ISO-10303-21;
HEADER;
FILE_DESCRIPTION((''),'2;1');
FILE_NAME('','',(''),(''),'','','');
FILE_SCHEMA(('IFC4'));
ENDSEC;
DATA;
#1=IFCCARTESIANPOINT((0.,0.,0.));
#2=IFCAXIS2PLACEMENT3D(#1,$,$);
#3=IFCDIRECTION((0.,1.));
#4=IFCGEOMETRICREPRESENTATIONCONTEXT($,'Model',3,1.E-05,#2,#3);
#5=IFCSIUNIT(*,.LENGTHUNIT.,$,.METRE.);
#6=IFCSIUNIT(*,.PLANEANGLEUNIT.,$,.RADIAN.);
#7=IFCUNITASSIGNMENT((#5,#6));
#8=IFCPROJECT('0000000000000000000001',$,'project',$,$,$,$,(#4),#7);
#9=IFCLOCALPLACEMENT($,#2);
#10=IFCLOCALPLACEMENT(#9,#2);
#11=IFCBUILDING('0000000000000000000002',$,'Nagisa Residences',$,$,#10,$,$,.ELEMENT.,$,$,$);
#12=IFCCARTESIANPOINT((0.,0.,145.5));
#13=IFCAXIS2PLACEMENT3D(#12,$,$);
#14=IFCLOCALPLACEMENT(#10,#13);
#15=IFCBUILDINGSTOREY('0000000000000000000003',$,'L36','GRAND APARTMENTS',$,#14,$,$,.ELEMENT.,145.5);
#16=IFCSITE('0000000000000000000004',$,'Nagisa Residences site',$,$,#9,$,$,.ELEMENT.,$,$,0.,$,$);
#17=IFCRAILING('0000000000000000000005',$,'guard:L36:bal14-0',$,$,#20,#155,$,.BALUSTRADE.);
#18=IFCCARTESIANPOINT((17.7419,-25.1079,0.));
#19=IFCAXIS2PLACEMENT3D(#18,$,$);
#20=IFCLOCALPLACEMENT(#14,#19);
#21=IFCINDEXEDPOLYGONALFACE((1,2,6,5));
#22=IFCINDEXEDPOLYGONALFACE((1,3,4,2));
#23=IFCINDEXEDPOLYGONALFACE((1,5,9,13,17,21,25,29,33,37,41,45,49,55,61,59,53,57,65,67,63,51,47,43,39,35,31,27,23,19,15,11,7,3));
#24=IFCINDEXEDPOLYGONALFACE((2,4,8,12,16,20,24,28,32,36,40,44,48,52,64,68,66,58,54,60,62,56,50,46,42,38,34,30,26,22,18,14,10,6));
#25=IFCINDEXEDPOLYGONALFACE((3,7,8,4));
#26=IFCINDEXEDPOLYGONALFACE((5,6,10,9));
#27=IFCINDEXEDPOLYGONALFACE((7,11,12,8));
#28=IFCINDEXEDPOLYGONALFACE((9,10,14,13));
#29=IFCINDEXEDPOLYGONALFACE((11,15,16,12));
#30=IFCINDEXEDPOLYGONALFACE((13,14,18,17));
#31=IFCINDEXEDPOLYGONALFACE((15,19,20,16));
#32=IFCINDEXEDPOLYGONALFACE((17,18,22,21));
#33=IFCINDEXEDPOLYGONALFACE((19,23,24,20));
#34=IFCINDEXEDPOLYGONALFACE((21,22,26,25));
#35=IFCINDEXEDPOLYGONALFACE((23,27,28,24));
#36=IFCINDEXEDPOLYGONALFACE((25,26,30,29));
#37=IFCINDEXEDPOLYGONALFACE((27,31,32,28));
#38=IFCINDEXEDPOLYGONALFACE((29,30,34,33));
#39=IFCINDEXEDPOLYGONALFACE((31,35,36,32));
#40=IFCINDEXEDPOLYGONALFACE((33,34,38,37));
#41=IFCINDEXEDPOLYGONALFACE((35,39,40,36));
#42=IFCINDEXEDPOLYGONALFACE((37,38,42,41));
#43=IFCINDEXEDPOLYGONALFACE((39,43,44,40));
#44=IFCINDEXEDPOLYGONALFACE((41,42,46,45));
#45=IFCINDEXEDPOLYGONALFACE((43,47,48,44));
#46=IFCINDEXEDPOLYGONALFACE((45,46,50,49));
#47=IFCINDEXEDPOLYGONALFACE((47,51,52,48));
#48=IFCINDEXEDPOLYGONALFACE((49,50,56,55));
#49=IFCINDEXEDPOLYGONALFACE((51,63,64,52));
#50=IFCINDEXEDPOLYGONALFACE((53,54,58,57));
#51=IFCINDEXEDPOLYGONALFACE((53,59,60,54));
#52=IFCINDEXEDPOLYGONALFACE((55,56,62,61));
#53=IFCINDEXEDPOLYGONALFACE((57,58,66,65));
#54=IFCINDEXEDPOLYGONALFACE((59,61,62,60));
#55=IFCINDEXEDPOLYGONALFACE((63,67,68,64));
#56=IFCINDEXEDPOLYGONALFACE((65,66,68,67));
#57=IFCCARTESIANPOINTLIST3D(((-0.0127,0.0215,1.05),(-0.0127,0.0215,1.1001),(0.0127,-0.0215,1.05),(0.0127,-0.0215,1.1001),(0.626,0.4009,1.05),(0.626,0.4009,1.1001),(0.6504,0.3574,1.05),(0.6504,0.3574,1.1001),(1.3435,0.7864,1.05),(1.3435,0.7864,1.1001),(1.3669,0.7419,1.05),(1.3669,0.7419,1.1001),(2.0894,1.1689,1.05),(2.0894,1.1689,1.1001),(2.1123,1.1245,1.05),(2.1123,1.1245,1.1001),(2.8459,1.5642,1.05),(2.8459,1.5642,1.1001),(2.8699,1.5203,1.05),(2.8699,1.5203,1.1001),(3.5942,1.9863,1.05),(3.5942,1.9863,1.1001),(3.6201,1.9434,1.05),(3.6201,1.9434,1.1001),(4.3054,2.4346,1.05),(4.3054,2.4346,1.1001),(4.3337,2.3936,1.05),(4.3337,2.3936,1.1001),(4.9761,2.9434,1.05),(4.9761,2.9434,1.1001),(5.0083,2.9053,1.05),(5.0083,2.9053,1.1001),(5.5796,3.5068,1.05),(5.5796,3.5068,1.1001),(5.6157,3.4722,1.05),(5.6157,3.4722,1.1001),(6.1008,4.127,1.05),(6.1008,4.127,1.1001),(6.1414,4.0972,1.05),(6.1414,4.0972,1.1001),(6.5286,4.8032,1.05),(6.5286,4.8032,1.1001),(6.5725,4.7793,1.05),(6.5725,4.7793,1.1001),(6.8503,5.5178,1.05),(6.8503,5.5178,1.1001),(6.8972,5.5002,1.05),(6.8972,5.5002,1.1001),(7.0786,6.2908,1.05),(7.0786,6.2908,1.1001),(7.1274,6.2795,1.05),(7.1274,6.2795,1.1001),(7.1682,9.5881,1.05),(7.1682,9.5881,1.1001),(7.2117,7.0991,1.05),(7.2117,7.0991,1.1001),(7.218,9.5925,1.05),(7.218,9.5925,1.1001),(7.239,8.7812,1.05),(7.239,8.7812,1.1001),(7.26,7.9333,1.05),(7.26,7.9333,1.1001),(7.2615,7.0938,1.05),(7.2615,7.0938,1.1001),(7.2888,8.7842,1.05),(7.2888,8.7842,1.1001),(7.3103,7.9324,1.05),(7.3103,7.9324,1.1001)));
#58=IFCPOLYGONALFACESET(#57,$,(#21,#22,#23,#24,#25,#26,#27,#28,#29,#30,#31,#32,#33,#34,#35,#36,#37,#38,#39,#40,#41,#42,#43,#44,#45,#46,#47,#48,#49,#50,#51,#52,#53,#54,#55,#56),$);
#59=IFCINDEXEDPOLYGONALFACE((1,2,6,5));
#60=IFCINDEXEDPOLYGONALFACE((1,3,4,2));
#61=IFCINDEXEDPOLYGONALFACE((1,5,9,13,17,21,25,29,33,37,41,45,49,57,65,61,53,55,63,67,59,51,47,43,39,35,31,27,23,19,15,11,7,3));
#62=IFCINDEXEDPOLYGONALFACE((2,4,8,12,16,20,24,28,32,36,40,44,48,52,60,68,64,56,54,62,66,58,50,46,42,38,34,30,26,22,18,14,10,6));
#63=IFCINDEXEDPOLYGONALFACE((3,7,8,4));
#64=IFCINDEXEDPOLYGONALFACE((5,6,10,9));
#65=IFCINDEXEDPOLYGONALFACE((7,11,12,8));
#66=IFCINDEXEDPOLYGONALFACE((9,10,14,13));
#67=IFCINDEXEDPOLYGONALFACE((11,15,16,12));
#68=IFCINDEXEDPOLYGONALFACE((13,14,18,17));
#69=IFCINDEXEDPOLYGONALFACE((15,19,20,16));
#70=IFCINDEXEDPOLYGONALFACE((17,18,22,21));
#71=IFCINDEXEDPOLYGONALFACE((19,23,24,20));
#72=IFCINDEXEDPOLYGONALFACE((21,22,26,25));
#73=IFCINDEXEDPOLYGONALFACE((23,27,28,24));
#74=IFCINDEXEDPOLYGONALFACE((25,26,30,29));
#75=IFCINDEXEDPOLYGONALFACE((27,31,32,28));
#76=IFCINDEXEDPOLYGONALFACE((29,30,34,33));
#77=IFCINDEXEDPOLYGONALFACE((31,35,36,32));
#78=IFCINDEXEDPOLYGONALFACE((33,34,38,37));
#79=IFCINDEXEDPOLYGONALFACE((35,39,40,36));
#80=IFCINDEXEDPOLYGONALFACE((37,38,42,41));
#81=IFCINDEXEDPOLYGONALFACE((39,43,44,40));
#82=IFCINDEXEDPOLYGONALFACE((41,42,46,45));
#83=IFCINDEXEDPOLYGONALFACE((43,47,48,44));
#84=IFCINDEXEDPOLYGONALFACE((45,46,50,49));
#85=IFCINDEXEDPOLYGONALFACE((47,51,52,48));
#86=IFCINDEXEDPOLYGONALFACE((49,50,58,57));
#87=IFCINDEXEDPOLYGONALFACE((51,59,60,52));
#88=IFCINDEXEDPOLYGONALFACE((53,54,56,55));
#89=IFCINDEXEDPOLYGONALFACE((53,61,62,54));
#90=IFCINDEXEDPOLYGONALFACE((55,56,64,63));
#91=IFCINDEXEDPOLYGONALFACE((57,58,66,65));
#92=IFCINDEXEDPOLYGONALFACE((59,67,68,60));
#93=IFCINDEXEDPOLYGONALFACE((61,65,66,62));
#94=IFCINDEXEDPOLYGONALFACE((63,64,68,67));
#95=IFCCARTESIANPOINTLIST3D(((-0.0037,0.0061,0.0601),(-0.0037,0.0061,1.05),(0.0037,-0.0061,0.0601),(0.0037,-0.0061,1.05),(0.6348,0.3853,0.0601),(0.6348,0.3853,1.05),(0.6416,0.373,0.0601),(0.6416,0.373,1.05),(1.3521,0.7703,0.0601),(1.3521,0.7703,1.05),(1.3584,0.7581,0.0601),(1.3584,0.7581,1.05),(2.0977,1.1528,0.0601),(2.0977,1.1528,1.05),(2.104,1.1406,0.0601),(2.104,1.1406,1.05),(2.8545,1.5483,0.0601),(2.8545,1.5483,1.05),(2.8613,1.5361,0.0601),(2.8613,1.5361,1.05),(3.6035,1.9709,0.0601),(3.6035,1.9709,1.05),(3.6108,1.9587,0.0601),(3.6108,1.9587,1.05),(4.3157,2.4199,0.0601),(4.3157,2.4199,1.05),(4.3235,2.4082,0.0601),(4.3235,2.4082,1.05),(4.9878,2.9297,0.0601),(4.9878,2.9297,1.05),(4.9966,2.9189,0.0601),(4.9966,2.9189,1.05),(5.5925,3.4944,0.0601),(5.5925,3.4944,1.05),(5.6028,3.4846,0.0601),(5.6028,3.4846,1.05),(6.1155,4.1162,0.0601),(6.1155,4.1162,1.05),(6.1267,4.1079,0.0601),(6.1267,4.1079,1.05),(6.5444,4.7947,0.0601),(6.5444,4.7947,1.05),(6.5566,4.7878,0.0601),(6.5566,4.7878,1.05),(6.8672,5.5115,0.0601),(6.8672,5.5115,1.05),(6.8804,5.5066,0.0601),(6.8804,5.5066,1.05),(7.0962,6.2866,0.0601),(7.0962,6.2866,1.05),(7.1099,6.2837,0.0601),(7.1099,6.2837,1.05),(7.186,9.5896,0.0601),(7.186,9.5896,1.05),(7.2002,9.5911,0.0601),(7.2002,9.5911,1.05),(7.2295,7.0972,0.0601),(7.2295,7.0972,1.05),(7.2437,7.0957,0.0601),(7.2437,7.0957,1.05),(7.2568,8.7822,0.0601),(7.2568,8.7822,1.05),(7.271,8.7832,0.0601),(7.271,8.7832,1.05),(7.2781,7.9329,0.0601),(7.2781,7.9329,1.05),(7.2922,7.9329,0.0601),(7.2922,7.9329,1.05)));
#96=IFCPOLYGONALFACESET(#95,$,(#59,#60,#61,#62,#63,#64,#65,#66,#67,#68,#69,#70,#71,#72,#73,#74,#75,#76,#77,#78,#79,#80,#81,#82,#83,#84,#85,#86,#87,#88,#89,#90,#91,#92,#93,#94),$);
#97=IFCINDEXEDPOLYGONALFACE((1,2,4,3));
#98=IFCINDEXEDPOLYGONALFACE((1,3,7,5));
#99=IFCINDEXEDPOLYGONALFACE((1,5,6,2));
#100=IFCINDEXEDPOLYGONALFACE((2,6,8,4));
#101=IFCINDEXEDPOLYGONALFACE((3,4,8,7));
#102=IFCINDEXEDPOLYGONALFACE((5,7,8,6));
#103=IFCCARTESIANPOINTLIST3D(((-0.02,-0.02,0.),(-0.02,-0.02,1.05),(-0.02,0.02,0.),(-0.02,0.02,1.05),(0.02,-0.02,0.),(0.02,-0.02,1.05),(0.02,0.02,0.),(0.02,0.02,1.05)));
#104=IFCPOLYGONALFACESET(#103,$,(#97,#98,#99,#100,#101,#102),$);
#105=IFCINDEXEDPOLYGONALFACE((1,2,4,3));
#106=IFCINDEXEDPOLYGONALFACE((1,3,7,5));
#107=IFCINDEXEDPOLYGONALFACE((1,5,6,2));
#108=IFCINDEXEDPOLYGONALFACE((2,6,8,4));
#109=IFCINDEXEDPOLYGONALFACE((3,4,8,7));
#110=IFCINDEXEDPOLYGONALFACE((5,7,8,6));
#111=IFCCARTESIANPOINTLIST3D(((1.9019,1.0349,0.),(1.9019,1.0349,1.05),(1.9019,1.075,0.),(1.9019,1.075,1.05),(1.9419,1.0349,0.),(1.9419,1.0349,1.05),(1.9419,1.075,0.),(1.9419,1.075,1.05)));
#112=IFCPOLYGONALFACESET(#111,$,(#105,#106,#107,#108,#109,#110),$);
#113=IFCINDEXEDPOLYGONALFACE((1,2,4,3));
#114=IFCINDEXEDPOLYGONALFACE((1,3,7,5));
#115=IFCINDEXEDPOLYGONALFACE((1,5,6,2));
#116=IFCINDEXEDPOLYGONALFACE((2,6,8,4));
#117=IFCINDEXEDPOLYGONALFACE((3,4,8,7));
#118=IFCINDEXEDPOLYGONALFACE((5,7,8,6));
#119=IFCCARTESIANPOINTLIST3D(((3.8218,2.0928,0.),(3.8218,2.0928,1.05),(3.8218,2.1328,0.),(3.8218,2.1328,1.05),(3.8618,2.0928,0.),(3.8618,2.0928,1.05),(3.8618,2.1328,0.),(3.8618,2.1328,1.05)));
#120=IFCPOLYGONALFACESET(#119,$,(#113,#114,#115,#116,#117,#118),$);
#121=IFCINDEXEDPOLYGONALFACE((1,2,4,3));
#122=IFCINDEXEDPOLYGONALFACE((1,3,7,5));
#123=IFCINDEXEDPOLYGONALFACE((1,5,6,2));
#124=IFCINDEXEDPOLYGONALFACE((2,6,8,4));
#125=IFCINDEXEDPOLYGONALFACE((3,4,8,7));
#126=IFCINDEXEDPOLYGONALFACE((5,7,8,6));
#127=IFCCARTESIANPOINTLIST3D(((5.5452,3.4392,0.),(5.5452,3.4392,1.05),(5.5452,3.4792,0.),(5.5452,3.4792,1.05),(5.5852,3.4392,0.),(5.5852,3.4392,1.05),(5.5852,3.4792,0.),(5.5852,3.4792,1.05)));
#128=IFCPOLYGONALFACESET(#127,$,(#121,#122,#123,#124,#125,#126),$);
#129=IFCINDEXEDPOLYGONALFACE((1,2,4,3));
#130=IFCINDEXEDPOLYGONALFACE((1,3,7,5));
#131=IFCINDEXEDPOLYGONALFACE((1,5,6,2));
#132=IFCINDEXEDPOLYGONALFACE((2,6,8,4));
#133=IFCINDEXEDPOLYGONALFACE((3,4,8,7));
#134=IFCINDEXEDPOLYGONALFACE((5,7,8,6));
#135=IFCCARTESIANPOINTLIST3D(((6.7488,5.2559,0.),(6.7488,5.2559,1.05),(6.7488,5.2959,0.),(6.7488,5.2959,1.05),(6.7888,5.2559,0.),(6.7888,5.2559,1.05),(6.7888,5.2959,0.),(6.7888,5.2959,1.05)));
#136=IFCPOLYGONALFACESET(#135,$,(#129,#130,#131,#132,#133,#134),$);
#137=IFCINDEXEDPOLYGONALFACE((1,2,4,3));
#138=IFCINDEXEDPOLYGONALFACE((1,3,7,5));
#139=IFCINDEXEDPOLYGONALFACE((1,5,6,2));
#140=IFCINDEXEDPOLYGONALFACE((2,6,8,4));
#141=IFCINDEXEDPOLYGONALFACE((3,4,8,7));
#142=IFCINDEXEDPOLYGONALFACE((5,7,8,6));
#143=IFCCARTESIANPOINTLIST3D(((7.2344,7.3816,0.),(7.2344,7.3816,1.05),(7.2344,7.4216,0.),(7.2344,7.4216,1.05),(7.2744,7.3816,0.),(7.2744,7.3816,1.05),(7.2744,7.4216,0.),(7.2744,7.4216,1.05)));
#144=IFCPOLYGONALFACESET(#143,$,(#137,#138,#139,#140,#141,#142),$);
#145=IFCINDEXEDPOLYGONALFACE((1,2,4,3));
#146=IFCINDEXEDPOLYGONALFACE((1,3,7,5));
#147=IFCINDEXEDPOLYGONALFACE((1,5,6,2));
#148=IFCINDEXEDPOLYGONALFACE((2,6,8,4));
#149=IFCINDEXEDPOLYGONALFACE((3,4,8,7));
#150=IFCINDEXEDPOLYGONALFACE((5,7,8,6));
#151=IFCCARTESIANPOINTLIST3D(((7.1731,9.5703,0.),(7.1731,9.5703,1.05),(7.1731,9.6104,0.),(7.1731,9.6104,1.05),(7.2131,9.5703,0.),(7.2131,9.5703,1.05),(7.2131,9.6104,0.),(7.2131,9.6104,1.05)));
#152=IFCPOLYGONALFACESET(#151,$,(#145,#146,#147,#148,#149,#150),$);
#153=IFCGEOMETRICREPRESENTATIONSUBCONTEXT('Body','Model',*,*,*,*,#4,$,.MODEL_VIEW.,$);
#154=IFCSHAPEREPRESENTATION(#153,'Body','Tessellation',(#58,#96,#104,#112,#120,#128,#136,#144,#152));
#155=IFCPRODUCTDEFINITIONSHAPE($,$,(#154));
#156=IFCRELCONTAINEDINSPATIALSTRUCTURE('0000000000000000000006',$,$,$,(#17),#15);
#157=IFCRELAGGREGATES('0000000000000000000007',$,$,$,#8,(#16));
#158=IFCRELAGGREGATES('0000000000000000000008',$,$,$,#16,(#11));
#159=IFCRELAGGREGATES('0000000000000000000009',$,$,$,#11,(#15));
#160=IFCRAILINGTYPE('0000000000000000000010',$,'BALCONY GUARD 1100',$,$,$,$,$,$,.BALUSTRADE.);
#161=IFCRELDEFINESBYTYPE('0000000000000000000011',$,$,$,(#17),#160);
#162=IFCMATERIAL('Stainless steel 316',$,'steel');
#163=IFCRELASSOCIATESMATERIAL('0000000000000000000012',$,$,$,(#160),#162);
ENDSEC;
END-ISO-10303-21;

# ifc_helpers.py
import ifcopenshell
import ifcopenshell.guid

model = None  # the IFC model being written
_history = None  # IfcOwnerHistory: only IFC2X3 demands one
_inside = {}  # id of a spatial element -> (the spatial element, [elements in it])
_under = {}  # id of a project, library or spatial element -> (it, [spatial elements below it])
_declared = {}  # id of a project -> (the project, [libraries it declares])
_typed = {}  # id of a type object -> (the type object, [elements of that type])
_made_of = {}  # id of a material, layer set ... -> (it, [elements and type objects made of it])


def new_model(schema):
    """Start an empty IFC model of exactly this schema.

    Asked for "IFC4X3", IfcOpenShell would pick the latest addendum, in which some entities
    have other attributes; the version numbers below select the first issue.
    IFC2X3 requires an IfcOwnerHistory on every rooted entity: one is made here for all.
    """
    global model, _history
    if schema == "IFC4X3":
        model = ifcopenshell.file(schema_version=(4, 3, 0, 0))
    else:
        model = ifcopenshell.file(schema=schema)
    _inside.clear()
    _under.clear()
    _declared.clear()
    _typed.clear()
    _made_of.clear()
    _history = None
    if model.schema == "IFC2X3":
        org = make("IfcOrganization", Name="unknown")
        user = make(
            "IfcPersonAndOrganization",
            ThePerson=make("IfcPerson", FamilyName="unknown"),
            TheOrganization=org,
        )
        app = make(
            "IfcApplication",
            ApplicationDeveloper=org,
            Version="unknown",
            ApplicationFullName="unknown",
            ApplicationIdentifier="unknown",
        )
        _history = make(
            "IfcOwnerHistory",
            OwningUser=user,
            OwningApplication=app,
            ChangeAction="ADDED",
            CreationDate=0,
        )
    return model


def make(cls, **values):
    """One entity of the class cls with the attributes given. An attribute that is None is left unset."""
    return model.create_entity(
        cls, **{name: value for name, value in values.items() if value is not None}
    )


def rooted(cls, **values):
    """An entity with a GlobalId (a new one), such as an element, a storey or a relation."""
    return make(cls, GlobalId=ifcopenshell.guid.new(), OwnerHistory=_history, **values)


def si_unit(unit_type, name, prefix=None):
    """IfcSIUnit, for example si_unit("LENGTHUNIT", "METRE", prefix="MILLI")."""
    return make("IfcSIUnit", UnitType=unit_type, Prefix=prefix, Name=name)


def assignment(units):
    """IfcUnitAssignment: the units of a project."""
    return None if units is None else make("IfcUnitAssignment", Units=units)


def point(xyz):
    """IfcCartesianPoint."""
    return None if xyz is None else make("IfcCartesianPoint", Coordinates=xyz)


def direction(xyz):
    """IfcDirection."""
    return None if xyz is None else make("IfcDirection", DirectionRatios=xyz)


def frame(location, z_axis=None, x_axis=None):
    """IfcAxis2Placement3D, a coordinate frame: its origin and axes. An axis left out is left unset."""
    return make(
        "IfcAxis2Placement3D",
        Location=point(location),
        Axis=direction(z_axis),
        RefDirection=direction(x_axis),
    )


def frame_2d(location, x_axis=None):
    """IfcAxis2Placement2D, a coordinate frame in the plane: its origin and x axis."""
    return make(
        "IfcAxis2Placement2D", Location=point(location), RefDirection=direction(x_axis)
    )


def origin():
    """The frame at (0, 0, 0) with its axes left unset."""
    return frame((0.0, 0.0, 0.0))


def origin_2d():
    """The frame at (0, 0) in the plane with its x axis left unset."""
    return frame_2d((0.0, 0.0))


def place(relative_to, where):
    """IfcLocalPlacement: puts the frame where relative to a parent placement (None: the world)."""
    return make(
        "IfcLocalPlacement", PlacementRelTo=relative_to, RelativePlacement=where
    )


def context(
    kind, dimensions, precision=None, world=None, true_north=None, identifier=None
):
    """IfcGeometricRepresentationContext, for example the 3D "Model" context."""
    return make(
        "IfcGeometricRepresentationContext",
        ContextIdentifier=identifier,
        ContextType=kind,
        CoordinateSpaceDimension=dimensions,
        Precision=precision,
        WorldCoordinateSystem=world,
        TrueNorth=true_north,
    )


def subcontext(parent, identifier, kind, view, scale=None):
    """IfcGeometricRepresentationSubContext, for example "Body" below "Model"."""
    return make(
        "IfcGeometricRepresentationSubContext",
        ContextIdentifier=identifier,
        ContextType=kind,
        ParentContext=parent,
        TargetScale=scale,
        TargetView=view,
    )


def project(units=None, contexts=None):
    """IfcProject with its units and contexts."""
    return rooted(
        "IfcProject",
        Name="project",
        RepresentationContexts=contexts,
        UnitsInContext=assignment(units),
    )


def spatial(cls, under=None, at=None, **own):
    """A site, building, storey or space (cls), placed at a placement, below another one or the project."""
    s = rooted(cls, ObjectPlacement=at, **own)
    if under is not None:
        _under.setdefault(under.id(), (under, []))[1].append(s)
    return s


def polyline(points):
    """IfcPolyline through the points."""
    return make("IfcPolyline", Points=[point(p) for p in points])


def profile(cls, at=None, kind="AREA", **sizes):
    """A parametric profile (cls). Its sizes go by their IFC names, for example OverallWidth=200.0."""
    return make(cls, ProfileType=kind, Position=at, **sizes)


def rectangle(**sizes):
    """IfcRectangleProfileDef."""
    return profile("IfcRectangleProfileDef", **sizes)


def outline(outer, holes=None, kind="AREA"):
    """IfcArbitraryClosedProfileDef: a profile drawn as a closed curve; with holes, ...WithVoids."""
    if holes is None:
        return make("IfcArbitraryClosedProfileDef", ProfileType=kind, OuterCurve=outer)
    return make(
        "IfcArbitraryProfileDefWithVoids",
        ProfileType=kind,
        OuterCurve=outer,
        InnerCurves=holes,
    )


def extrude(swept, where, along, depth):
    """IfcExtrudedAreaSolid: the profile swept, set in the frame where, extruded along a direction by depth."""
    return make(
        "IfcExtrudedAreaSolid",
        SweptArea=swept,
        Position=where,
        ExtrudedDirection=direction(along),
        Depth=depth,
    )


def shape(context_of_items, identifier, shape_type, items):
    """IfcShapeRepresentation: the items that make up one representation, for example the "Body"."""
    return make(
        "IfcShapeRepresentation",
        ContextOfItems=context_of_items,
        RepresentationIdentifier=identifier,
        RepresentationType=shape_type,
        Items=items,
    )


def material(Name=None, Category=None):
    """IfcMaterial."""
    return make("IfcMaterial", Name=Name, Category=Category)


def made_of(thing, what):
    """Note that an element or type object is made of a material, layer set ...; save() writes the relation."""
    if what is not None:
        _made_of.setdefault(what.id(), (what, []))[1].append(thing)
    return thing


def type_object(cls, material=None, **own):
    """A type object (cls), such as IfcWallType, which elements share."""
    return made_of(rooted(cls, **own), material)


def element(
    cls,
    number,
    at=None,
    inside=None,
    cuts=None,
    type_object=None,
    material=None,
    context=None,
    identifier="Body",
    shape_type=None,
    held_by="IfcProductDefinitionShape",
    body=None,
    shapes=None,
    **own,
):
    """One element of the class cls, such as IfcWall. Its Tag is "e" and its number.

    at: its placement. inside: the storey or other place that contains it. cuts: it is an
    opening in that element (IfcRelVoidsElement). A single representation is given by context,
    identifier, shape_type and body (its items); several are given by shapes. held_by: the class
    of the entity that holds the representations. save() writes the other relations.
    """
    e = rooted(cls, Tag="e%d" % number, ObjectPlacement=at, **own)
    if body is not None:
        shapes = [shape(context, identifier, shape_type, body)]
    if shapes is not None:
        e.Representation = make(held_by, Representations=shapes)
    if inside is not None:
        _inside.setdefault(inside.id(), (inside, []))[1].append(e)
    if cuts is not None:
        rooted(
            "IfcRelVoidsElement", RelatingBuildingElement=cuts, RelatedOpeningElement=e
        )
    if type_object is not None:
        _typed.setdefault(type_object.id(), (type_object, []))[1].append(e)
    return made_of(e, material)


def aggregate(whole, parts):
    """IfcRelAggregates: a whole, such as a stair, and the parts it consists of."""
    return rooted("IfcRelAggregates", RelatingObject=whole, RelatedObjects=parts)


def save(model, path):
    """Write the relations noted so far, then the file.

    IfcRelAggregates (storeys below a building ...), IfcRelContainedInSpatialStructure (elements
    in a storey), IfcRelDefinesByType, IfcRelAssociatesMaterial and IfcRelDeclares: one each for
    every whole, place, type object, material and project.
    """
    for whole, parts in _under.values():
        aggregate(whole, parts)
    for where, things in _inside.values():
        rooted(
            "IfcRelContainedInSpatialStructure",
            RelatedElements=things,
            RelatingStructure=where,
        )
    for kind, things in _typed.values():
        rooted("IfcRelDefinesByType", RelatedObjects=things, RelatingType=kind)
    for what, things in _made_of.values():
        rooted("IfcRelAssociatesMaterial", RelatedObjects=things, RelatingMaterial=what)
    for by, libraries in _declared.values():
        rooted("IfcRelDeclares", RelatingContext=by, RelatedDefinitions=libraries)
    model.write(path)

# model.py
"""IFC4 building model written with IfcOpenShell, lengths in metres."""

from ifc_helpers import new_model, si_unit, direction, frame, origin, origin_2d, place, context, subcontext, project, spatial, polyline, rectangle, outline, extrude, material, type_object, element, save


model = new_model("IFC4")

# Units and contexts
model_context = context("Model", 3, precision=1e-05, world=origin(), true_north=direction((0.0, 1.0)))
body_context = subcontext(model_context, "Body", "Model", "MODEL_VIEW")
ifc_project = project(units=[si_unit("LENGTHUNIT", "METRE"), si_unit("PLANEANGLEUNIT", "RADIAN")], contexts=[model_context])

# Site, building, storey
site_placement = place(None, origin())
site = spatial("IfcSite", under=ifc_project, at=site_placement, Name="Nagisa Residences site", CompositionType="ELEMENT", RefElevation=0.0)
building_placement = place(site_placement, origin())
building = spatial("IfcBuilding", under=site, at=building_placement, Name="Nagisa Residences", CompositionType="ELEMENT")
storey_placement = place(building_placement, frame((0.0, 0.0, 145.5)))
storey = spatial("IfcBuildingStorey", under=building, at=storey_placement, Name="L36", Description="GRAND APARTMENTS", CompositionType="ELEMENT", Elevation=145.5)

# Railing
ifc_material_1 = material(Name="Stainless steel 316", Category="steel")
railing_type = type_object("IfcRailingType", Name="BALCONY GUARD 1100", PredefinedType="BALUSTRADE", material=ifc_material_1)
railing_1_placement = place(storey_placement, frame((17.7419, -25.1079, 0.0)))
element("IfcRailing", 1, at=railing_1_placement, inside=storey, type_object=railing_type, Name="guard:L36:bal14-0", PredefinedType="BALUSTRADE", context=body_context, shape_type="SweptSolid", body=[
    extrude(outline(polyline([(0.626, 0.4009), (-0.0127, 0.0215), (0.0127, -0.0215), (0.6504, 0.3574), (1.3669, 0.7419), (2.1123, 1.1245), (2.8699, 1.5203), (3.6201, 1.9434), (4.3337, 2.3936), (5.0083, 2.9053), (5.6157, 3.4722), (6.1414, 4.0972), (6.5725, 4.7793), (6.8972, 5.5002), (7.1274, 6.2795), (7.2615, 7.0938), (7.3103, 7.9324), (7.2888, 8.7842), (7.218, 9.5925), (7.1682, 9.5881), (7.239, 8.7812), (7.26, 7.9333), (7.2117, 7.0991), (7.0786, 6.2908), (6.8503, 5.5178), (6.5286, 4.8032), (6.1008, 4.127), (5.5796, 3.5068), (4.9761, 2.9434), (4.3054, 2.4346), (3.5942, 1.9863), (2.8459, 1.5642), (2.0894, 1.1689), (1.3435, 0.7864), (0.626, 0.4009)])), frame((0.0, 0.0, 1.05)), (0.0, 0.0, 1.0), 0.05),
    extrude(outline(polyline([(0.6348, 0.3853), (-0.0037, 0.0061), (0.0037, -0.0061), (0.6416, 0.373), (1.3584, 0.7581), (2.104, 1.1406), (2.8613, 1.5361), (3.6108, 1.9587), (4.3235, 2.4082), (4.9966, 2.9189), (5.6028, 3.4846), (6.1267, 4.1079), (6.5566, 4.7878), (6.8804, 5.5066), (7.1099, 6.2837), (7.2437, 7.0957), (7.2922, 7.9329), (7.271, 8.7832), (7.2002, 9.5911), (7.186, 9.5896), (7.2568, 8.7822), (7.2781, 7.9329), (7.2295, 7.0972), (7.0962, 6.2866), (6.8672, 5.5115), (6.5444, 4.7947), (6.1155, 4.1162), (5.5925, 3.4944), (4.9878, 2.9297), (4.3157, 2.4199), (3.6035, 1.9709), (2.8545, 1.5483), (2.0977, 1.1528), (1.3521, 0.7703), (0.6348, 0.3853)])), frame((0.0, 0.0, 0.0601)), (0.0, 0.0, 1.0), 0.99),
    extrude(rectangle(XDim=0.04, YDim=0.04, at=origin_2d()), origin(), (0.0, 0.0, 1.0), 1.05),
    extrude(rectangle(XDim=0.04, YDim=0.04, at=origin_2d()), frame((1.9219, 1.0549, 0.0)), (0.0, 0.0, 1.0), 1.05),
    extrude(rectangle(XDim=0.04, YDim=0.04, at=origin_2d()), frame((3.8418, 2.1128, 0.0)), (0.0, 0.0, 1.0), 1.05),
    extrude(rectangle(XDim=0.04, YDim=0.04, at=origin_2d()), frame((5.5652, 3.4592, 0.0)), (0.0, 0.0, 1.0), 1.05),
    extrude(rectangle(XDim=0.04, YDim=0.04, at=origin_2d()), frame((6.7688, 5.2759, 0.0)), (0.0, 0.0, 1.0), 1.05),
    extrude(rectangle(XDim=0.04, YDim=0.04, at=origin_2d()), frame((7.2544, 7.4016, 0.0)), (0.0, 0.0, 1.0), 1.05),
    extrude(rectangle(XDim=0.04, YDim=0.04, at=origin_2d()), frame((7.1931, 9.5903, 0.0)), (0.0, 0.0, 1.0), 1.05),
])

save(model, "model.ifc")
